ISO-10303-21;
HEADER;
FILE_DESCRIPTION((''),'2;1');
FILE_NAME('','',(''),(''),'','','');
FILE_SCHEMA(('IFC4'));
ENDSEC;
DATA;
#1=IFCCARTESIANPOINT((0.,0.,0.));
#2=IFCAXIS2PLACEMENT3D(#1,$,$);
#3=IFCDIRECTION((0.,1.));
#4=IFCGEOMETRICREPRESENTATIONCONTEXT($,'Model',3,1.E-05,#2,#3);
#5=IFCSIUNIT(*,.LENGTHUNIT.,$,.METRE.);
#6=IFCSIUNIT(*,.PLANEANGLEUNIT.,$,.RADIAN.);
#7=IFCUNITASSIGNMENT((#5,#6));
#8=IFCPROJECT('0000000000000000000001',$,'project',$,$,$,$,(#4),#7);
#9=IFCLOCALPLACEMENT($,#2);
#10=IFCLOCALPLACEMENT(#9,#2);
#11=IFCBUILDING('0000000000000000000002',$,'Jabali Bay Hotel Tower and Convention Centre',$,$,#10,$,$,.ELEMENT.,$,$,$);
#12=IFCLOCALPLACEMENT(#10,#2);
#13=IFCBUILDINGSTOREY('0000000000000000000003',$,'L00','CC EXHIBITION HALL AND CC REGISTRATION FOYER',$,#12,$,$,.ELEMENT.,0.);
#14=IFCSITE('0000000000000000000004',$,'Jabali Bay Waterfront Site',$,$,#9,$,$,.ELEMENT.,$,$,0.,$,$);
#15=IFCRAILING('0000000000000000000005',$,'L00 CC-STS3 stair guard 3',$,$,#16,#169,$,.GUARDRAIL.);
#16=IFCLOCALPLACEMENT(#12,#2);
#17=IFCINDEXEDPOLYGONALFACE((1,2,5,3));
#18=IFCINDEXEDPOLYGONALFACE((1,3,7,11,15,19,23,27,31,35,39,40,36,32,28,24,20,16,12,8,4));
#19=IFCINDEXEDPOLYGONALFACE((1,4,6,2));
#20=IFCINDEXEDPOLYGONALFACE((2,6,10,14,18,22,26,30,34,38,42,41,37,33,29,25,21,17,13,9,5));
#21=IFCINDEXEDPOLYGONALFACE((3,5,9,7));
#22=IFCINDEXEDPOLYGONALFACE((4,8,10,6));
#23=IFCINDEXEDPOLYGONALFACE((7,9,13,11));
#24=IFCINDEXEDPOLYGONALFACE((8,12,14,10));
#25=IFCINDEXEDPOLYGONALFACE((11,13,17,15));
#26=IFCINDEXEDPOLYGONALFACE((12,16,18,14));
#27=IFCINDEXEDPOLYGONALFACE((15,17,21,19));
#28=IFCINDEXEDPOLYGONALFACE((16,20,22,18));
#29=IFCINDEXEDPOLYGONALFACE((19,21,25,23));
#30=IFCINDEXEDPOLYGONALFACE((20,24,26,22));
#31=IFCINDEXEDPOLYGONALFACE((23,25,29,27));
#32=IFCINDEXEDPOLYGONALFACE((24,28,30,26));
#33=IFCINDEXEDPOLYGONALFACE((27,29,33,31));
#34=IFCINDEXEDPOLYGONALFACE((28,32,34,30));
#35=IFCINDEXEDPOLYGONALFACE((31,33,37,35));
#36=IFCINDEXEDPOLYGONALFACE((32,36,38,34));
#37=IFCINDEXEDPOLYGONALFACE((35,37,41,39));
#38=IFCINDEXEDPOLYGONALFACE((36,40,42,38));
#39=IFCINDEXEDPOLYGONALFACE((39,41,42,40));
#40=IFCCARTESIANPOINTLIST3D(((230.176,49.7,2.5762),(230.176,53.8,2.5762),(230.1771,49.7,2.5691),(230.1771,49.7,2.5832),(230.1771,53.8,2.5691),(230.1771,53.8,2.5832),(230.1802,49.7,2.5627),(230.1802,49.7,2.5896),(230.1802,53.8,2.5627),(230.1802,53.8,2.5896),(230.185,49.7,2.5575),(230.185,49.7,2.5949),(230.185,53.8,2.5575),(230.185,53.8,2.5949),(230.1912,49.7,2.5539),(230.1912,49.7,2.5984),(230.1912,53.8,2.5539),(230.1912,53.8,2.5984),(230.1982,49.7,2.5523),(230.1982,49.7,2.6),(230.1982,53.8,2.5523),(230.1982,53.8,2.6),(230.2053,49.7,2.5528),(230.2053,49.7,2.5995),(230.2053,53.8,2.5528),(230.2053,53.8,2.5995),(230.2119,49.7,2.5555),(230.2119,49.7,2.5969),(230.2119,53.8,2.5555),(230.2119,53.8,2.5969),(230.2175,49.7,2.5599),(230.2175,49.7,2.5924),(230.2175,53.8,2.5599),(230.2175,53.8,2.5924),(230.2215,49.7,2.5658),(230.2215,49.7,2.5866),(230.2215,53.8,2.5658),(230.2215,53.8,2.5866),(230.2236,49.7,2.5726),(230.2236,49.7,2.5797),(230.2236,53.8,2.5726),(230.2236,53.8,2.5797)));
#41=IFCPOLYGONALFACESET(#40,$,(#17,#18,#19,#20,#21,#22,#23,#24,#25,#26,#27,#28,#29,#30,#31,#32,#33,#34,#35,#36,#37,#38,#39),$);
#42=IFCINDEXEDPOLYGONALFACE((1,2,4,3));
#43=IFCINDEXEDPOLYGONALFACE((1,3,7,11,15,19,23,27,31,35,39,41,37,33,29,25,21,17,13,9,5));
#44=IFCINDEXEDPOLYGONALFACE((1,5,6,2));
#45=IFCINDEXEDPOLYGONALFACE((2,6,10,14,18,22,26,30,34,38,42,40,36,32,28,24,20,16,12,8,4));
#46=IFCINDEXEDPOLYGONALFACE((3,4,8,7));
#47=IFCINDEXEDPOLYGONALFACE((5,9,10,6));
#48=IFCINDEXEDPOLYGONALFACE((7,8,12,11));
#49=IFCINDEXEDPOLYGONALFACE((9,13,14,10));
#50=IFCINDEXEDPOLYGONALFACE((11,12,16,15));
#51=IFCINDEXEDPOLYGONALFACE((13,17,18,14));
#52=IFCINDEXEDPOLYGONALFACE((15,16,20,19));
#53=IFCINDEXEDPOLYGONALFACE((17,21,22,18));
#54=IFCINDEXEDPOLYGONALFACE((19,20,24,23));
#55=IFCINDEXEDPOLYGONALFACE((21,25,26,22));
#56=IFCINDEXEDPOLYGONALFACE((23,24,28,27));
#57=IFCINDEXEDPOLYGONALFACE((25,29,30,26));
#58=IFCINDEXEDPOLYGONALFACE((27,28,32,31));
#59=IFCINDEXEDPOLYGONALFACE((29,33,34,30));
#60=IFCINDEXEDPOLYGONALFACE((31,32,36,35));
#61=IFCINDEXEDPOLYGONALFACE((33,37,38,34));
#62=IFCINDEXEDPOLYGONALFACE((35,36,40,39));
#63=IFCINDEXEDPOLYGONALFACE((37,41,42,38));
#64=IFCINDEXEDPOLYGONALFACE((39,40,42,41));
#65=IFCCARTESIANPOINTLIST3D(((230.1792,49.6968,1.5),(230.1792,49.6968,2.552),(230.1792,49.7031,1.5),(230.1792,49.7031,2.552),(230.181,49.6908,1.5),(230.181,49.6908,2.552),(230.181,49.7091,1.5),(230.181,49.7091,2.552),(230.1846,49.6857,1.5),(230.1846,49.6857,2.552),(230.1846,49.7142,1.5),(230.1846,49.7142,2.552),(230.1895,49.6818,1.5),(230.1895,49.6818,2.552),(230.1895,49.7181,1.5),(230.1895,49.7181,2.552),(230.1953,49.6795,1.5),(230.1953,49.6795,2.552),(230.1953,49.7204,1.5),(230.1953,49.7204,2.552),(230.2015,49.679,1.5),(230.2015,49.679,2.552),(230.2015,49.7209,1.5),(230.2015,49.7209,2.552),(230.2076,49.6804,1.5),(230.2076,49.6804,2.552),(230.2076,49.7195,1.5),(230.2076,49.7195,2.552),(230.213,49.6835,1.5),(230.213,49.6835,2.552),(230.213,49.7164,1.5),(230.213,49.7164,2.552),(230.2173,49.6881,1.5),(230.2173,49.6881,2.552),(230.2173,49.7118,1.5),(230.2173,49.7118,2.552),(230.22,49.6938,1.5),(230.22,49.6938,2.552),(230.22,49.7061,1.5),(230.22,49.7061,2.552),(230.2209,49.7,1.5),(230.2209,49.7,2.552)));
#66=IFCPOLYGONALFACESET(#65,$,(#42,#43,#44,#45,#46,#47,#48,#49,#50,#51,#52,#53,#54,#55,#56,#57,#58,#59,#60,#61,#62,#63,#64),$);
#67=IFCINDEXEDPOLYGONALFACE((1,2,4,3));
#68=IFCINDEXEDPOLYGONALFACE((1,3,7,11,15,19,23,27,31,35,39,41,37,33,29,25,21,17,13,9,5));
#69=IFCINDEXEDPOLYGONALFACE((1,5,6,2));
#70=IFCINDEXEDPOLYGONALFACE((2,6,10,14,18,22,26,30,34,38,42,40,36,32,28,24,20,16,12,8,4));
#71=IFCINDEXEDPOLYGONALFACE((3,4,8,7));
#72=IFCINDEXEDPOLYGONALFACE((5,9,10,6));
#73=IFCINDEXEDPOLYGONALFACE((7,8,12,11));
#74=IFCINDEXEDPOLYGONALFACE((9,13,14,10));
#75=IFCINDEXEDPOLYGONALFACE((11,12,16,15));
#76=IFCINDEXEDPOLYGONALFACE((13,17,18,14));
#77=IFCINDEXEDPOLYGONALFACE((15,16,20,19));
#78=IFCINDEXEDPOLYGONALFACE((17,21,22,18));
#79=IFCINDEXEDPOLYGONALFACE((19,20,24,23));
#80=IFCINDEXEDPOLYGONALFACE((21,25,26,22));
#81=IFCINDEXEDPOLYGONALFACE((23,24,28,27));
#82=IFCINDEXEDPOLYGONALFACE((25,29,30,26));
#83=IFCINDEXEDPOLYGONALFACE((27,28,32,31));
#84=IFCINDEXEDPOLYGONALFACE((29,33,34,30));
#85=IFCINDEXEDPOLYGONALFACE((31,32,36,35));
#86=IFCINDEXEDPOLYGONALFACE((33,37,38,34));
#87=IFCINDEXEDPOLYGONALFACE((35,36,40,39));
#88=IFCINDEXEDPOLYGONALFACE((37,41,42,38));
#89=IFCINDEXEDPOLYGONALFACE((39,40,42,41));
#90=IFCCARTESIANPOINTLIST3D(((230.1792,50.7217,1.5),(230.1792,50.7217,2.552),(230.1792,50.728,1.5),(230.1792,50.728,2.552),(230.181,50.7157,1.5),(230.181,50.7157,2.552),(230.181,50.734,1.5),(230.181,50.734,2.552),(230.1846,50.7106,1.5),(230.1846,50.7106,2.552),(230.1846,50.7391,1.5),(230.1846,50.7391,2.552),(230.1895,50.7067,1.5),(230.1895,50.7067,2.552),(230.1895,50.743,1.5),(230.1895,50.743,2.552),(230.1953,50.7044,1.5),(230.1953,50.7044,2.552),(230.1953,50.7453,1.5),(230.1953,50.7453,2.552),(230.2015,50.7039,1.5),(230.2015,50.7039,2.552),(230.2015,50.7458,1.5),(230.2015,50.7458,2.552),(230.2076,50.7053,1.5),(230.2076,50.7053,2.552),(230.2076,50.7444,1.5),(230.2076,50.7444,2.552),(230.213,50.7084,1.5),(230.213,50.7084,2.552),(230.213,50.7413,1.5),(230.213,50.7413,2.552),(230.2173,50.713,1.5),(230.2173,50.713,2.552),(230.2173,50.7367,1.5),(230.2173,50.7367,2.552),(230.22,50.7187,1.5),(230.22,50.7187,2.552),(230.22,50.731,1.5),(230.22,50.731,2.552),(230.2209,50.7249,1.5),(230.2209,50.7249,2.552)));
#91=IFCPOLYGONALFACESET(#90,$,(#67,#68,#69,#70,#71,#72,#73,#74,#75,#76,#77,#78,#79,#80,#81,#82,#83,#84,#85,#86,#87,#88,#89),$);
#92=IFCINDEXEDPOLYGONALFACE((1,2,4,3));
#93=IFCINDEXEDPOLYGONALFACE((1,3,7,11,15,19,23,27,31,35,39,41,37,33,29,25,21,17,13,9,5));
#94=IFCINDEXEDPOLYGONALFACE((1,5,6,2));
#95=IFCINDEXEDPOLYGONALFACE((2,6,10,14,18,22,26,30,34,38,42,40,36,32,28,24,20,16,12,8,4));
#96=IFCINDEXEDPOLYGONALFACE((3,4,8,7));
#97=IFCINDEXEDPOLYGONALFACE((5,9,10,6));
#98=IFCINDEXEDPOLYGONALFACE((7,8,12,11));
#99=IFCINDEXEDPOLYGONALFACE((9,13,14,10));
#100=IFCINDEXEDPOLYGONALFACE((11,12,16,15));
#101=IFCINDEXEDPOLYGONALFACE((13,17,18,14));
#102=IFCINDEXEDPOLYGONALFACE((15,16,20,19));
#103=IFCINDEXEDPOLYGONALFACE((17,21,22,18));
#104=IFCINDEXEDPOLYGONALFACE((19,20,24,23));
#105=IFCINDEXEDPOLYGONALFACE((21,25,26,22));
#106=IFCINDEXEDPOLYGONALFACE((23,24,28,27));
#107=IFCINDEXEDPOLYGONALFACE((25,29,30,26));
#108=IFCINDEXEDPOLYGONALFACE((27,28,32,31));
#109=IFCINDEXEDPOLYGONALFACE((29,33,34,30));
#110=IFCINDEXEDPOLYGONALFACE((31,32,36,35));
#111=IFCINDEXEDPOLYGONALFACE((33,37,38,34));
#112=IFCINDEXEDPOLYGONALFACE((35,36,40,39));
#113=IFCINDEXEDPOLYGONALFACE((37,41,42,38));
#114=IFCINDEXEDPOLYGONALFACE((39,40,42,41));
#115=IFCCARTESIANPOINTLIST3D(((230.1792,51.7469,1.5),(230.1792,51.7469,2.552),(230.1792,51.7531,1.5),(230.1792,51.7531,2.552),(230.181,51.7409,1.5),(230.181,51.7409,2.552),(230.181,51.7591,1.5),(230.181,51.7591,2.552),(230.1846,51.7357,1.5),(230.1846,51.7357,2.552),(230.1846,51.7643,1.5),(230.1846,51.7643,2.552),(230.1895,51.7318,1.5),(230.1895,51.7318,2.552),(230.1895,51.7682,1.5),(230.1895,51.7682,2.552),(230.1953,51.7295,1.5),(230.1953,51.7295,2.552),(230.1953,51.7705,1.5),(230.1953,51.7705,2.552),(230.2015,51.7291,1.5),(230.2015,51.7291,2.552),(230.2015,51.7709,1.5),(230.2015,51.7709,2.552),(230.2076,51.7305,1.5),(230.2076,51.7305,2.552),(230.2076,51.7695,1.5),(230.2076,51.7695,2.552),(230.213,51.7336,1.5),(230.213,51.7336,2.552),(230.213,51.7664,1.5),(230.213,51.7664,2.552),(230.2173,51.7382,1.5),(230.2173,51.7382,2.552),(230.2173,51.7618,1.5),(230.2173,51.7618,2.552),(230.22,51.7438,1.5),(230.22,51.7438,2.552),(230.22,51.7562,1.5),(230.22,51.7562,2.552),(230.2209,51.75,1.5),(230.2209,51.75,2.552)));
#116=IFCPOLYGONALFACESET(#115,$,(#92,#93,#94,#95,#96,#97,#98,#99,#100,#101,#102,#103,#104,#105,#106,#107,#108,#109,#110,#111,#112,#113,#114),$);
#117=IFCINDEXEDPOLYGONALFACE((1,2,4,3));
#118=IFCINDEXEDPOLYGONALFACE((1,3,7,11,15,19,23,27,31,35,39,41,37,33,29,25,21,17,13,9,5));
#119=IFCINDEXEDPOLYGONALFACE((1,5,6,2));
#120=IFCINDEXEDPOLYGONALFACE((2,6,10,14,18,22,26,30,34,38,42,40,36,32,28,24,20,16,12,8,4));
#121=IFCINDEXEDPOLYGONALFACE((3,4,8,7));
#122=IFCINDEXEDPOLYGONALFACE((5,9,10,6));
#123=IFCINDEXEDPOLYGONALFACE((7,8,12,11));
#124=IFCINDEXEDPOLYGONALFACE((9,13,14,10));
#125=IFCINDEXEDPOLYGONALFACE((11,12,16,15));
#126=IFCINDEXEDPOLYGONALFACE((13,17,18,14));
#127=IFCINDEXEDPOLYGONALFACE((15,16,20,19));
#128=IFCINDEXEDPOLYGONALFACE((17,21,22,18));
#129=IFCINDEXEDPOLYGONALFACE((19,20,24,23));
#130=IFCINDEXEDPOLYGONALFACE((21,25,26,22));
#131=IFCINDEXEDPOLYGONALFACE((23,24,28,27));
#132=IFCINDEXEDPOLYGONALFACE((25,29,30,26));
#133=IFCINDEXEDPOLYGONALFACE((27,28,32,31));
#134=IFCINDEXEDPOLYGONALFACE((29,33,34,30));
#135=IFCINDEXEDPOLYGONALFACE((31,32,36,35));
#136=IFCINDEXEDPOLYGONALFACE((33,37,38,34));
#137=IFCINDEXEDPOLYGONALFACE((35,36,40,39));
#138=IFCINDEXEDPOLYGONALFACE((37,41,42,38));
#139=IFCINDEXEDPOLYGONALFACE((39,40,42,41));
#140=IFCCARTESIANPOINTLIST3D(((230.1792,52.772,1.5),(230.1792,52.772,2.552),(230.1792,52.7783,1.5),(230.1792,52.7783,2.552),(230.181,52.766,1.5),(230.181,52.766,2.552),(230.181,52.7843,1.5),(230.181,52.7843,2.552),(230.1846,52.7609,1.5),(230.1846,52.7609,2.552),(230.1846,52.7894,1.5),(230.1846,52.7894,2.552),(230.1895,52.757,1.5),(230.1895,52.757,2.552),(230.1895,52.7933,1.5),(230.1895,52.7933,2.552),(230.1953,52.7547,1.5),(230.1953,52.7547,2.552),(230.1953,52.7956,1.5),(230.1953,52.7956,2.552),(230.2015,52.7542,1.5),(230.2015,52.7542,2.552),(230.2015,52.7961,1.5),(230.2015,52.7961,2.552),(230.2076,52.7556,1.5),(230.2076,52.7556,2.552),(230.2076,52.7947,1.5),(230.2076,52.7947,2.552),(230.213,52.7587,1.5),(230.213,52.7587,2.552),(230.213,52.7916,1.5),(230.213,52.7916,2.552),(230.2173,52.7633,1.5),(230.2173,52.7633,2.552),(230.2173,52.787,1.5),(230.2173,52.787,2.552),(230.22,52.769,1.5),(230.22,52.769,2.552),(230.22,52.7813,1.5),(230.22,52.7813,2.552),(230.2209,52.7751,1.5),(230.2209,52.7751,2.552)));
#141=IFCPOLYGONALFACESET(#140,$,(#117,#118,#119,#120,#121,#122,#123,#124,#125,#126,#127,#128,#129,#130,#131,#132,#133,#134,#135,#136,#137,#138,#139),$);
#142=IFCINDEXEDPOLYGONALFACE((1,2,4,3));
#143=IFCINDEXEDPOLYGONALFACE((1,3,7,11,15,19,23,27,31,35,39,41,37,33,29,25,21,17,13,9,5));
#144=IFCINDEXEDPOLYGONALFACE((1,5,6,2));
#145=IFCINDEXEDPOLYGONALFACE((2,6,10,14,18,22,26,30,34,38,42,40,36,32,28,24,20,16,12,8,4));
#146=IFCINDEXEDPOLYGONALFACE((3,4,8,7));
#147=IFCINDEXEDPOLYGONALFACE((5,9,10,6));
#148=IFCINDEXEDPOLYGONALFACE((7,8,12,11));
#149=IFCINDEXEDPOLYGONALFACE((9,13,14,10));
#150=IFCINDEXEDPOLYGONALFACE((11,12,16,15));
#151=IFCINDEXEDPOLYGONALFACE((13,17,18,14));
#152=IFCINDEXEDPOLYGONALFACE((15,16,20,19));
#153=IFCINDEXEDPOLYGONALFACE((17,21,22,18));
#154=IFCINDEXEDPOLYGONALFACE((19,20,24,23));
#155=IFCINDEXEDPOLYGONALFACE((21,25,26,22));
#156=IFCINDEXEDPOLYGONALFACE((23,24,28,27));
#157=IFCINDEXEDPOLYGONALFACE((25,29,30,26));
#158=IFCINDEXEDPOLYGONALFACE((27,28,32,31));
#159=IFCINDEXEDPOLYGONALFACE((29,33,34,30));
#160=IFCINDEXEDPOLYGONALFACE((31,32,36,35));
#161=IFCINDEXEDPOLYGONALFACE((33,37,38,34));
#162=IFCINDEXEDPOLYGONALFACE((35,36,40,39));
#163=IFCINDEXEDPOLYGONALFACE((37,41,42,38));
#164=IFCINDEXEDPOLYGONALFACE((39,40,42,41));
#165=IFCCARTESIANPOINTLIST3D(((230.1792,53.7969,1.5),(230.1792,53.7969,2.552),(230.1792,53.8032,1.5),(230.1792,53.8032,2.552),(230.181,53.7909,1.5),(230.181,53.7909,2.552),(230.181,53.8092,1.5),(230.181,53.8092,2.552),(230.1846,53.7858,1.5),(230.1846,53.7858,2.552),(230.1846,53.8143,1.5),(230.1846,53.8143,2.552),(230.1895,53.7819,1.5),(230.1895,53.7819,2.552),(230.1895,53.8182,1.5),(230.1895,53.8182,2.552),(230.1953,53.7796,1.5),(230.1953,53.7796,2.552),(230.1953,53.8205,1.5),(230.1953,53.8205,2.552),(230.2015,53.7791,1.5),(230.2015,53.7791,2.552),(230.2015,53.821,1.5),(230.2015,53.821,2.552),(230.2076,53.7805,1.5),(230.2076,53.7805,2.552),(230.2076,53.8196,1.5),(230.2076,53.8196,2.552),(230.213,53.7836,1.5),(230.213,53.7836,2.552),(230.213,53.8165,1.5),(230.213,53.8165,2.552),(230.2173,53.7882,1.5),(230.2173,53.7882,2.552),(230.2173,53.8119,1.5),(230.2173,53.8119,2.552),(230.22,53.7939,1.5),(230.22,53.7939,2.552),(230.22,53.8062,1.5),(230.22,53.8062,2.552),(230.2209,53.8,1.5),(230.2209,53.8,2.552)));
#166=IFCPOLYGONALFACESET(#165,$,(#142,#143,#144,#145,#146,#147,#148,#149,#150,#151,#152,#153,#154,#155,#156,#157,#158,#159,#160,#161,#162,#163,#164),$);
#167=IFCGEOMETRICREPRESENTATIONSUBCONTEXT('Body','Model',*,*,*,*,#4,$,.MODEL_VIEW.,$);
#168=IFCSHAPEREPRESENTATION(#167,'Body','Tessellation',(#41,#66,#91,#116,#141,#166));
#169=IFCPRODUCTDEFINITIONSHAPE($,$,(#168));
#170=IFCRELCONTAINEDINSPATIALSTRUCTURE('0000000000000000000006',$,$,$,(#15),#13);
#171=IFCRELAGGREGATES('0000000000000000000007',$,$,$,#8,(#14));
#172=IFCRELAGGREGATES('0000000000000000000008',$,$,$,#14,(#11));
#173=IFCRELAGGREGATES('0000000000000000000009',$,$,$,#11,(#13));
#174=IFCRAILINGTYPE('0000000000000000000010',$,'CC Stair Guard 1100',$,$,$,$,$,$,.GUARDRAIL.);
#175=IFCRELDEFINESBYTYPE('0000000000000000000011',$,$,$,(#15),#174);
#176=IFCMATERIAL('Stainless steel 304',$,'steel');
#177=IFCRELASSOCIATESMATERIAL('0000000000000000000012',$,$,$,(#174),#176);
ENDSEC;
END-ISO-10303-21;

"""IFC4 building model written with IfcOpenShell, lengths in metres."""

from ifc_helpers import new_model, si_unit, direction, frame, origin, origin_2d, place, context, subcontext, project, spatial, circle, extrude, material, type_object, element, save


model = new_model("IFC4")

# Units and contexts
model_context = context("Model", 3, precision=1e-05, world=origin(), true_north=direction((0.0, 1.0)))
body_context = subcontext(model_context, "Body", "Model", "MODEL_VIEW")
ifc_project = project(units=[si_unit("LENGTHUNIT", "METRE"), si_unit("PLANEANGLEUNIT", "RADIAN")], contexts=[model_context])

# Site, building, storey
site_placement = place(None, origin())
site = spatial("IfcSite", under=ifc_project, at=site_placement, Name="Jabali Bay Waterfront Site", CompositionType="ELEMENT", RefElevation=0.0)
building_placement = place(site_placement, origin())
building = spatial("IfcBuilding", under=site, at=building_placement, Name="Jabali Bay Hotel Tower and Convention Centre", CompositionType="ELEMENT")
storey_placement = place(building_placement, origin())
storey = spatial("IfcBuildingStorey", under=building, at=storey_placement, Name="L00", Description="CC EXHIBITION HALL AND CC REGISTRATION FOYER", CompositionType="ELEMENT", Elevation=0.0)

# Railing
ifc_material_1 = material(Name="Stainless steel 304", Category="steel")
railing_type_1 = type_object("IfcRailingType", Name="CC Stair Guard 1100", PredefinedType="GUARDRAIL", material=ifc_material_1)
railing_1_placement = place(storey_placement, frame((230.2, 49.7, 1.5)))
element("IfcRailing", 1, at=railing_1_placement, inside=storey, type_object=railing_type_1, Name="L00 CC-STS3 stair guard 3", PredefinedType="GUARDRAIL", context=body_context, shape_type="SweptSolid", body=[
    extrude(circle(Radius=0.0239, at=origin_2d()), frame((0.0, 0.0, 1.0762), z_axis=(0.0, 1.0, 0.0), x_axis=(-1.0, 0.0, 0.0)), (0.0, 0.0, 1.0), 4.1001),
    extrude(circle(Radius=0.021, at=origin_2d()), origin(), (0.0, 0.0, 1.0), 1.052),
    extrude(circle(Radius=0.021, at=origin_2d()), frame((0.0, 1.0249, 0.0)), (0.0, 0.0, 1.0), 1.052),
    extrude(circle(Radius=0.021, at=origin_2d()), frame((0.0, 2.05, 0.0)), (0.0, 0.0, 1.0), 1.052),
    extrude(circle(Radius=0.021, at=origin_2d()), frame((0.0, 3.0752, 0.0)), (0.0, 0.0, 1.0), 1.052),
    extrude(circle(Radius=0.021, at=origin_2d()), frame((0.0, 4.1001, 0.0)), (0.0, 0.0, 1.0), 1.052),
])

save(model, "model.ifc")
